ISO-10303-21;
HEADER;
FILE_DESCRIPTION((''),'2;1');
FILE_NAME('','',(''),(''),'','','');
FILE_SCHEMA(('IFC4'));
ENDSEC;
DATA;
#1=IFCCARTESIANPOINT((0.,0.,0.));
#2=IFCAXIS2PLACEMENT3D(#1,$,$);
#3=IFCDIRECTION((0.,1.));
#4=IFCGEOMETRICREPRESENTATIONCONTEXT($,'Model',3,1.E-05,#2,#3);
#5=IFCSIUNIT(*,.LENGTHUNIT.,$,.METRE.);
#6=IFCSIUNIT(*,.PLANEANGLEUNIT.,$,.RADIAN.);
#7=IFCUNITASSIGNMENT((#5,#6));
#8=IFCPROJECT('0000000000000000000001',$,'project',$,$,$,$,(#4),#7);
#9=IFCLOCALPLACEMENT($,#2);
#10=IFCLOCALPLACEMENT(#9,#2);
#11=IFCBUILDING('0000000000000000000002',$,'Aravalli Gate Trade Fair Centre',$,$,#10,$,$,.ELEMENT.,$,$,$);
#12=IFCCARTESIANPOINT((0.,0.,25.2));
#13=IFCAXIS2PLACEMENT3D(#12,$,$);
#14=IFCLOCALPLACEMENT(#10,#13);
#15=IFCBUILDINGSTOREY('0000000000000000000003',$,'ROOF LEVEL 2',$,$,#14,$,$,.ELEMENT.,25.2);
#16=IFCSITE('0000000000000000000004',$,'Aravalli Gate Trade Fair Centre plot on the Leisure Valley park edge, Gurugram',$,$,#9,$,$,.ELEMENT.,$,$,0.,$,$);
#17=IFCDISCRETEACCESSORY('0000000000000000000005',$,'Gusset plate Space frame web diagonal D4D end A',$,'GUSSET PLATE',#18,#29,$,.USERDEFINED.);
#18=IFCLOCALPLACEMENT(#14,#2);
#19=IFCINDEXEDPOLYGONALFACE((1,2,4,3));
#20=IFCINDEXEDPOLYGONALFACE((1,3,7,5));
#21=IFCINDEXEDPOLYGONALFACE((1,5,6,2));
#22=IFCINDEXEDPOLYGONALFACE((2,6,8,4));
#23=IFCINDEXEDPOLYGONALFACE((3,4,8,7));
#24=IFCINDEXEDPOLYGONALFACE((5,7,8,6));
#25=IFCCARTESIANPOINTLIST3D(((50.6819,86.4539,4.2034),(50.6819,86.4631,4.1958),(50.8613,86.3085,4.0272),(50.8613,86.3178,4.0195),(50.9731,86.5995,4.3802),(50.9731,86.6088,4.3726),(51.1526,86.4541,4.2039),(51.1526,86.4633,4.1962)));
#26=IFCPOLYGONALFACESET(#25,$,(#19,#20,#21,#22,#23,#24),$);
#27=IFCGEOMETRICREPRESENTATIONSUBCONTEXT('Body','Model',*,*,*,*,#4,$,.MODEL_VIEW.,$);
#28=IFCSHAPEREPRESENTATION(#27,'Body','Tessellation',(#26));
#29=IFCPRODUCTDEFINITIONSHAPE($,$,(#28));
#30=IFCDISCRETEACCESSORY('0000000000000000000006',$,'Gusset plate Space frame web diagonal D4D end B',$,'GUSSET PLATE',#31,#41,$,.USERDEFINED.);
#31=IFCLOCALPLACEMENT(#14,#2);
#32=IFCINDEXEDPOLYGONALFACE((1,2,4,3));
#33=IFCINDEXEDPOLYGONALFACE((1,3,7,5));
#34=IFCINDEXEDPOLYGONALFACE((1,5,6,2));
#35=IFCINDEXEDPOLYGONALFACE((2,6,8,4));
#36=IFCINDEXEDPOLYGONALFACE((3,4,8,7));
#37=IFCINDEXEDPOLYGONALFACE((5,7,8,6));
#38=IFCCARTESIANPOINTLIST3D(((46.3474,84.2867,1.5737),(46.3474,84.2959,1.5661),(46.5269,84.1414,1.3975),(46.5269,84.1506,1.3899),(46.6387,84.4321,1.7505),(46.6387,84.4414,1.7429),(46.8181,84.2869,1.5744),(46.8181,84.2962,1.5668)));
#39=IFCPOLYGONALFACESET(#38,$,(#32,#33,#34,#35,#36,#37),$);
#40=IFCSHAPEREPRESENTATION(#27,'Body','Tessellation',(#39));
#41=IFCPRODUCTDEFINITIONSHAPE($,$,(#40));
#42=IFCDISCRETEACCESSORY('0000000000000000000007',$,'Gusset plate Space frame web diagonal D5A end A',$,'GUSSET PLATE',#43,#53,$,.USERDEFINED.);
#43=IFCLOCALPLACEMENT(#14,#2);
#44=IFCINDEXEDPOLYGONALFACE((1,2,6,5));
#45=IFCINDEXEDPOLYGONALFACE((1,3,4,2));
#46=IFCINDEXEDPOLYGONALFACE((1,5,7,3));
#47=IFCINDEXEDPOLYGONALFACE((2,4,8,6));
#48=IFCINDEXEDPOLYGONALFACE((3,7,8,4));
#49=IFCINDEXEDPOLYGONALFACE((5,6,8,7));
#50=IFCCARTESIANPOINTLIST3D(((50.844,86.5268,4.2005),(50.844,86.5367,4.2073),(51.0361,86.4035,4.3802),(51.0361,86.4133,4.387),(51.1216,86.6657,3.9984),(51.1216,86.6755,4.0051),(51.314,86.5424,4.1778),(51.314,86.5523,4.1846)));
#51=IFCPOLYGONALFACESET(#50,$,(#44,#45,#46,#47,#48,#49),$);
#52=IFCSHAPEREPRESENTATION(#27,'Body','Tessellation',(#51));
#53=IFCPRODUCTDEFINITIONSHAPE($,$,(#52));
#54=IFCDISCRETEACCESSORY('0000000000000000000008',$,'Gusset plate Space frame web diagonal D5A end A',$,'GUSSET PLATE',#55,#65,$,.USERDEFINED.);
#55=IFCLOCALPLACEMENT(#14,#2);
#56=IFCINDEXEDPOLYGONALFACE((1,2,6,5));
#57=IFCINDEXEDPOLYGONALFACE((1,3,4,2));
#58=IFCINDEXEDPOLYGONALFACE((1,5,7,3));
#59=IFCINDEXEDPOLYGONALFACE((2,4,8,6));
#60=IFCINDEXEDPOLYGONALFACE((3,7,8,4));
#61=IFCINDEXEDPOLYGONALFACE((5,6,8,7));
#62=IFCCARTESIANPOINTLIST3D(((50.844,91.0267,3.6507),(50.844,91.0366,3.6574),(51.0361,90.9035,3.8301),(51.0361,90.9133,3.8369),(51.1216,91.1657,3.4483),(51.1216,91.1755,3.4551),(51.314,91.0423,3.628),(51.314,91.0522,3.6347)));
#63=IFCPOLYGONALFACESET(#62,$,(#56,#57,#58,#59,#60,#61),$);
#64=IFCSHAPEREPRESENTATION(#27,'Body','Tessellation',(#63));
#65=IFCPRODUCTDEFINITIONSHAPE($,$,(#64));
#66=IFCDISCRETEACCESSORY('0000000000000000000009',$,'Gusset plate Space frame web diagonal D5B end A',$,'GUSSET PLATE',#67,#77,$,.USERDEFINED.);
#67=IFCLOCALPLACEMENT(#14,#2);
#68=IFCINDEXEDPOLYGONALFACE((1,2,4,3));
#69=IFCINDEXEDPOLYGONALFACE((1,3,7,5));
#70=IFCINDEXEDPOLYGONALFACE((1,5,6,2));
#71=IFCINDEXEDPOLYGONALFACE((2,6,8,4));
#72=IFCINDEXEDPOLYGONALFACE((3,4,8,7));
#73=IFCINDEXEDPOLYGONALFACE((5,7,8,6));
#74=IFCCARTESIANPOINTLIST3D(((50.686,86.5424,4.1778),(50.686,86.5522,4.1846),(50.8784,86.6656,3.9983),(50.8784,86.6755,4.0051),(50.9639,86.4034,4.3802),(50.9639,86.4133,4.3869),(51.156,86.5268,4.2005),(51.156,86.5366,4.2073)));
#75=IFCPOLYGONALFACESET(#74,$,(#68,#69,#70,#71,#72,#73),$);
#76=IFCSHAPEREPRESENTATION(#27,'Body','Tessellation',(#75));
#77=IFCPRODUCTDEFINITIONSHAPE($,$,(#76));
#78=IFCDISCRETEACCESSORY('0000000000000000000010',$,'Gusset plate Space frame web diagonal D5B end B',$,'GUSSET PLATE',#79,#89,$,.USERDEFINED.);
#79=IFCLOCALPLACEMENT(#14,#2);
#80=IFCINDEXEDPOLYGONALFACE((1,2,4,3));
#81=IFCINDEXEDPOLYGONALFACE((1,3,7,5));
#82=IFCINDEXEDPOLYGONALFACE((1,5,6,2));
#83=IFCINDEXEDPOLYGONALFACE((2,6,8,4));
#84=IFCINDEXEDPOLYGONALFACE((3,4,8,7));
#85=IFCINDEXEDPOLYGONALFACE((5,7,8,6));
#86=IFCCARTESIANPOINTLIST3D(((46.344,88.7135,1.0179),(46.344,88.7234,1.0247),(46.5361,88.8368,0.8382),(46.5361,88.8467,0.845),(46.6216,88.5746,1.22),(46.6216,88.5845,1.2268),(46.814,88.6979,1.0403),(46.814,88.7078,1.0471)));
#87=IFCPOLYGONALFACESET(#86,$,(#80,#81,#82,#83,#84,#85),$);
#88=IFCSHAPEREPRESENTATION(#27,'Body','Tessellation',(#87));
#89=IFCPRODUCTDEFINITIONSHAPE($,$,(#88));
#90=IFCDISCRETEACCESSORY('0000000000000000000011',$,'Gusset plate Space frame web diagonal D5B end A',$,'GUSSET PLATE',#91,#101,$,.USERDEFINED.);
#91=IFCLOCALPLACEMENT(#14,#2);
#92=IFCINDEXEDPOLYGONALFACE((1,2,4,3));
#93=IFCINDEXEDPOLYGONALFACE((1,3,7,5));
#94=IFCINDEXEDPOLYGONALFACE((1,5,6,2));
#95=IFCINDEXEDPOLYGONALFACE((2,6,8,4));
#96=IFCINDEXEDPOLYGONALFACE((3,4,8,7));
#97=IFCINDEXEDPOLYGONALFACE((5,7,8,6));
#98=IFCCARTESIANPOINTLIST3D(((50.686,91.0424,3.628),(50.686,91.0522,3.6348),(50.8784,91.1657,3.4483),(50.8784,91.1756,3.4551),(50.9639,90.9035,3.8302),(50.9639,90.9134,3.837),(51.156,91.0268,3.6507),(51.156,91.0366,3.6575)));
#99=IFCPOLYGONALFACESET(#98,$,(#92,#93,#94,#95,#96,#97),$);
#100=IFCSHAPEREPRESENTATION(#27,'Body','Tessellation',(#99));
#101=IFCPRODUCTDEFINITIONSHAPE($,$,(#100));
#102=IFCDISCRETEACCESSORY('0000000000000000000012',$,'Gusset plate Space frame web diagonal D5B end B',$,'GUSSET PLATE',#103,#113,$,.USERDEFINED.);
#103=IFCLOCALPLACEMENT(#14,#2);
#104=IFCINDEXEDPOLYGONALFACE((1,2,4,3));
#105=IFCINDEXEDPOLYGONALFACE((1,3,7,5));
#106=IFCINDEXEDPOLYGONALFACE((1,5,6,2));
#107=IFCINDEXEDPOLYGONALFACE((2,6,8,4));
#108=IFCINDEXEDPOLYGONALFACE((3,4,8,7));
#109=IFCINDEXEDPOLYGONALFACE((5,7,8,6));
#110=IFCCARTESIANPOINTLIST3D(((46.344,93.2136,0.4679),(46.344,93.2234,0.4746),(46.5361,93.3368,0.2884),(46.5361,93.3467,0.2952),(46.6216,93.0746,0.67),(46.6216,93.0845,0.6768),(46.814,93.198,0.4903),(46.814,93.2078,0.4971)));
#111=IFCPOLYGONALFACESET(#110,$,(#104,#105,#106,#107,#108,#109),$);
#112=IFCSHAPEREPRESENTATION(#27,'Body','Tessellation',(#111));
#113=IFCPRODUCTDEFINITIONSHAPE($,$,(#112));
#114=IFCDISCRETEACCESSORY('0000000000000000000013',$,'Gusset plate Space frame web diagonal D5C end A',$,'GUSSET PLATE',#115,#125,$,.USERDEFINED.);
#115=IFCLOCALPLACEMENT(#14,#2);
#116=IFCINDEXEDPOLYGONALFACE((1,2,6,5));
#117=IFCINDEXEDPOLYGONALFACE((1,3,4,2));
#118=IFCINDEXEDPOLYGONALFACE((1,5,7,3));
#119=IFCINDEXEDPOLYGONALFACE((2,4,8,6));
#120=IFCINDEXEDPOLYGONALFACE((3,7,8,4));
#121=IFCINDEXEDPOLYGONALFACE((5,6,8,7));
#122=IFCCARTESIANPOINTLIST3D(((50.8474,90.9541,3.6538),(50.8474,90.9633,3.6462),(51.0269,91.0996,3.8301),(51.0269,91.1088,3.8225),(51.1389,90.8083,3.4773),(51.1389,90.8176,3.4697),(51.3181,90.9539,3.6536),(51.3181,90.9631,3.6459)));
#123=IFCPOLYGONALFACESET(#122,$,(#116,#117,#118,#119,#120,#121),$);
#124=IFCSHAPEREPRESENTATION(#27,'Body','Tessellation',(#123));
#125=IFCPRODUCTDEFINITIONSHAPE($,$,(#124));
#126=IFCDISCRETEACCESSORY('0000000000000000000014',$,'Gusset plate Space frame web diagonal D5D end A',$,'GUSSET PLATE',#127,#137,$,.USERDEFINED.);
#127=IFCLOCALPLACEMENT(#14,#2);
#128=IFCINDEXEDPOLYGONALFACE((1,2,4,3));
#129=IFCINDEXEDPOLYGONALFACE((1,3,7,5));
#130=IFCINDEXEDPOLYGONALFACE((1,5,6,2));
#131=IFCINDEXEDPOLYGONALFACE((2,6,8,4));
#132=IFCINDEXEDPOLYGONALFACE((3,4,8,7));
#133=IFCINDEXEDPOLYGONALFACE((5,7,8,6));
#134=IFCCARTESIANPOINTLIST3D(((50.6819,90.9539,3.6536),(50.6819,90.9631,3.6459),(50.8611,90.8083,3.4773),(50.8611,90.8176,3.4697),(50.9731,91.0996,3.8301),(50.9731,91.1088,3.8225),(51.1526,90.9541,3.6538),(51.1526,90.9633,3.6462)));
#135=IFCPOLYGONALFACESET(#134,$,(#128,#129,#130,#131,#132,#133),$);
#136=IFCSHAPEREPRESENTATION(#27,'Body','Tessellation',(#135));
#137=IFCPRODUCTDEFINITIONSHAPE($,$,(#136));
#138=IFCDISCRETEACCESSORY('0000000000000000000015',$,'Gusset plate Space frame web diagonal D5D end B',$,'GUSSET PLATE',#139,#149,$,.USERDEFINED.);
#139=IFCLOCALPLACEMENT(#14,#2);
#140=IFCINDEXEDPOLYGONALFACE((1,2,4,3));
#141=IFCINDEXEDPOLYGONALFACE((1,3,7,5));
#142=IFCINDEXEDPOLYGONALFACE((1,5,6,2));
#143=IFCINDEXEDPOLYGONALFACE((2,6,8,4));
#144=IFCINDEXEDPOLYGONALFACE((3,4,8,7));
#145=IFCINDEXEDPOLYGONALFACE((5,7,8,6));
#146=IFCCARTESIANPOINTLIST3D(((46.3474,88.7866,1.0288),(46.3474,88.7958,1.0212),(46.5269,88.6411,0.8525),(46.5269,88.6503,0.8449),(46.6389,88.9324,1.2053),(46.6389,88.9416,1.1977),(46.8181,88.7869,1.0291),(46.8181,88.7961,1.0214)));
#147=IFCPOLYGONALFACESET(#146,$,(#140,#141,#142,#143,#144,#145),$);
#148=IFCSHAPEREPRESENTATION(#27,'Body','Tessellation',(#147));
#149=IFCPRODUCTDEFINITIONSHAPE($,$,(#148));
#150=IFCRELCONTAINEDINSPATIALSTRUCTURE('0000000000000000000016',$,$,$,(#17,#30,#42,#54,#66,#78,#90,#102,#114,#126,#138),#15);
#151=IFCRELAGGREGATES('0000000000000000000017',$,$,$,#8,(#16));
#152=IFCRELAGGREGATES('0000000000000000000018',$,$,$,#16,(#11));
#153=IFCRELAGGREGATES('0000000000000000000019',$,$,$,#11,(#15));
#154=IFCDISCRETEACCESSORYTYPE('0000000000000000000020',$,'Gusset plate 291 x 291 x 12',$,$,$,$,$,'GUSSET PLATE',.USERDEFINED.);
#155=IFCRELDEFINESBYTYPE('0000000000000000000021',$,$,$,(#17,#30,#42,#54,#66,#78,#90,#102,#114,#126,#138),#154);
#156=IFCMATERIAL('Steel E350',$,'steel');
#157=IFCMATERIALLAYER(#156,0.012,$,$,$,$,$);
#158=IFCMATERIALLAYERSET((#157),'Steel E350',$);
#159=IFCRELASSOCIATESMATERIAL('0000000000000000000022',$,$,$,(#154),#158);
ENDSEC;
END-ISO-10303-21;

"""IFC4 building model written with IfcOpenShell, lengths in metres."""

from ifc_helpers import new_model, si_unit, direction, frame, origin, place, context, subcontext, project, spatial, polyline, outline, extrude, material, layer, layer_set, type_object, element, save


model = new_model("IFC4")

# Units and contexts
model_context = context("Model", 3, precision=1e-05, world=origin(), true_north=direction((0.0, 1.0)))
body_context = subcontext(model_context, "Body", "Model", "MODEL_VIEW")
ifc_project = project(units=[si_unit("LENGTHUNIT", "METRE"), si_unit("PLANEANGLEUNIT", "RADIAN")], contexts=[model_context])

# Site, building, storey
site_placement = place(None, origin())
site = spatial("IfcSite", under=ifc_project, at=site_placement, Name="Aravalli Gate Trade Fair Centre plot on the Leisure Valley park edge, Gurugram", CompositionType="ELEMENT", RefElevation=0.0)
building_placement = place(site_placement, origin())
building = spatial("IfcBuilding", under=site, at=building_placement, Name="Aravalli Gate Trade Fair Centre", CompositionType="ELEMENT")
storey_placement = place(building_placement, frame((0.0, 0.0, 25.2)))
storey = spatial("IfcBuildingStorey", under=building, at=storey_placement, Name="ROOF LEVEL 2", CompositionType="ELEMENT", Elevation=25.2)

# Shared definitions
ifc_material_1 = material(Name="Steel E350", Category="steel")

# Discrete accessories
ifc_layer_1 = layer(ifc_material_1, 0.012)
ifc_layer_set_1 = layer_set([ifc_layer_1], Name="Steel E350")
discrete_accessory_type = type_object("IfcDiscreteAccessoryType", Name="Gusset plate 291 x 291 x 12", ElementType="GUSSET PLATE", PredefinedType="USERDEFINED", material=ifc_layer_set_1)
discrete_accessory_1_placement = place(storey_placement, frame((50.6819, 86.4539, 4.2034), z_axis=(-0.00026, -0.771582, 0.63613), x_axis=(0.785986, 0.393126, 0.477156)))
element("IfcDiscreteAccessory", 1, at=discrete_accessory_1_placement, inside=storey, type_object=discrete_accessory_type, Name="Gusset plate Space frame web diagonal D4D end A", ObjectType="GUSSET PLATE", PredefinedType="USERDEFINED", context=body_context, shape_type="SweptSolid", body=[
    extrude(outline(polyline([(0.0, 0.0), (0.3706, 0.0), (0.3703, -0.2906), (-0.0002, -0.2905), (0.0, 0.0)])), origin(), (0.0, 0.0, -1.0), 0.012),
])
discrete_accessory_2_placement = place(storey_placement, frame((46.6387, 84.4321, 1.7505), z_axis=(-0.000589, -0.771792, 0.635874), x_axis=(-0.78619, -0.392604, -0.477251)))
element("IfcDiscreteAccessory", 2, at=discrete_accessory_2_placement, inside=storey, type_object=discrete_accessory_type, Name="Gusset plate Space frame web diagonal D4D end B", ObjectType="GUSSET PLATE", PredefinedType="USERDEFINED", context=body_context, shape_type="SweptSolid", body=[
    extrude(outline(polyline([(0.0, 0.0), (0.3705, 0.0), (0.3705, 0.2905), (0.0, 0.2903), (0.0, 0.0)])), origin(), (0.0, 0.0, -1.0), 0.012),
])
discrete_accessory_3_placement = place(storey_placement, frame((51.1216, 86.6755, 4.0051), z_axis=(-0.000059, 0.824356, 0.566072), x_axis=(-0.749371, -0.374861, 0.545822)))
element("IfcDiscreteAccessory", 3, at=discrete_accessory_3_placement, inside=storey, type_object=discrete_accessory_type, Name="Gusset plate Space frame web diagonal D5A end A", ObjectType="GUSSET PLATE", PredefinedType="USERDEFINED", context=body_context, shape_type="SweptSolid", body=[
    extrude(outline(polyline([(0.0, 0.0), (0.3704, 0.0), (0.3707, 0.2905), (0.0, 0.2905), (0.0, 0.0)])), origin(), (0.0, 0.0, -1.0), 0.012),
])
discrete_accessory_4_placement = place(storey_placement, frame((51.1216, 91.1755, 3.4551), z_axis=(-0.000059, 0.824356, 0.566072), x_axis=(-0.749102, -0.375034, 0.546073)))
element("IfcDiscreteAccessory", 4, at=discrete_accessory_4_placement, inside=storey, type_object=discrete_accessory_type, Name="Gusset plate Space frame web diagonal D5A end A", ObjectType="GUSSET PLATE", PredefinedType="USERDEFINED", context=body_context, shape_type="SweptSolid", body=[
    extrude(outline(polyline([(0.0, 0.0), (0.3706, 0.0), (0.3709, 0.2904), (0.0002, 0.2907), (0.0, 0.0)])), origin(), (0.0, 0.0, -1.0), 0.012),
])
discrete_accessory_5_placement = place(storey_placement, frame((50.686, 86.5522, 4.1846), z_axis=(0.000059, 0.824356, 0.566072), x_axis=(0.749391, -0.374849, 0.545804)))
element("IfcDiscreteAccessory", 5, at=discrete_accessory_5_placement, inside=storey, type_object=discrete_accessory_type, Name="Gusset plate Space frame web diagonal D5B end A", ObjectType="GUSSET PLATE", PredefinedType="USERDEFINED", context=body_context, shape_type="SweptSolid", body=[
    extrude(outline(polyline([(0.0, 0.0), (0.3707, 0.0), (0.3704, 0.2905), (0.0, 0.2905), (0.0, 0.0)])), origin(), (0.0, 0.0, -1.0), 0.012),
])
discrete_accessory_6_placement = place(storey_placement, frame((46.6216, 88.5845, 1.2268), z_axis=(0.000356, 0.824387, 0.566027), x_axis=(-0.749371, 0.375015, -0.545716)))
element("IfcDiscreteAccessory", 6, at=discrete_accessory_6_placement, inside=storey, type_object=discrete_accessory_type, Name="Gusset plate Space frame web diagonal D5B end B", ObjectType="GUSSET PLATE", PredefinedType="USERDEFINED", context=body_context, shape_type="SweptSolid", body=[
    extrude(outline(polyline([(0.0, 0.0), (0.3704, 0.0), (0.3707, -0.2905), (0.0001, -0.2907), (0.0, 0.0)])), origin(), (0.0, 0.0, -1.0), 0.012),
])
discrete_accessory_7_placement = place(storey_placement, frame((50.686, 91.0522, 3.6348), z_axis=(0.000059, 0.824356, 0.566072), x_axis=(0.74966, -0.374676, 0.545552)))
element("IfcDiscreteAccessory", 7, at=discrete_accessory_7_placement, inside=storey, type_object=discrete_accessory_type, Name="Gusset plate Space frame web diagonal D5B end A", ObjectType="GUSSET PLATE", PredefinedType="USERDEFINED", context=body_context, shape_type="SweptSolid", body=[
    extrude(outline(polyline([(0.0, 0.0), (0.3706, 0.0), (0.3706, 0.2904), (0.0, 0.2907), (0.0, 0.0)])), origin(), (0.0, 0.0, -1.0), 0.012),
])
discrete_accessory_8_placement = place(storey_placement, frame((46.6216, 93.0845, 0.6768), z_axis=(0.000339, 0.824216, 0.566276), x_axis=(-0.749371, 0.375169, -0.545611)))
element("IfcDiscreteAccessory", 8, at=discrete_accessory_8_placement, inside=storey, type_object=discrete_accessory_type, Name="Gusset plate Space frame web diagonal D5B end B", ObjectType="GUSSET PLATE", PredefinedType="USERDEFINED", context=body_context, shape_type="SweptSolid", body=[
    extrude(outline(polyline([(0.0, 0.0), (0.3704, 0.0), (0.3706, -0.2904), (0.0001, -0.2907), (0.0, 0.0)])), origin(), (0.0, 0.0, -1.0), 0.012),
])
discrete_accessory_9_placement = place(storey_placement, frame((51.1389, 90.8083, 3.4773), z_axis=(-0.00007, -0.771155, 0.636648), x_axis=(-0.786484, 0.393242, 0.476238)))
element("IfcDiscreteAccessory", 9, at=discrete_accessory_9_placement, inside=storey, type_object=discrete_accessory_type, Name="Gusset plate Space frame web diagonal D5C end A", ObjectType="GUSSET PLATE", PredefinedType="USERDEFINED", context=body_context, shape_type="SweptSolid", body=[
    extrude(outline(polyline([(0.0, 0.0), (0.3706, 0.0), (0.3707, -0.2906), (0.0002, -0.2904), (0.0, 0.0)])), origin(), (0.0, 0.0, -1.0), 0.012),
])
discrete_accessory_10_placement = place(storey_placement, frame((50.6819, 90.9539, 3.6536), z_axis=(0.00007, -0.771155, 0.636648), x_axis=(0.786233, 0.393446, 0.476485)))
element("IfcDiscreteAccessory", 10, at=discrete_accessory_10_placement, inside=storey, type_object=discrete_accessory_type, Name="Gusset plate Space frame web diagonal D5D end A", ObjectType="GUSSET PLATE", PredefinedType="USERDEFINED", context=body_context, shape_type="SweptSolid", body=[
    extrude(outline(polyline([(0.0, 0.0), (0.3704, 0.0), (0.3703, -0.2906), (-0.0003, -0.2904), (0.0, 0.0)])), origin(), (0.0, 0.0, -1.0), 0.012),
])
discrete_accessory_11_placement = place(storey_placement, frame((46.6389, 88.9324, 1.2053), z_axis=(0.00007, -0.771155, 0.636648), x_axis=(-0.786484, -0.393242, -0.476238)))
element("IfcDiscreteAccessory", 11, at=discrete_accessory_11_placement, inside=storey, type_object=discrete_accessory_type, Name="Gusset plate Space frame web diagonal D5D end B", ObjectType="GUSSET PLATE", PredefinedType="USERDEFINED", context=body_context, shape_type="SweptSolid", body=[
    extrude(outline(polyline([(0.0, 0.0), (0.3706, 0.0), (0.3707, 0.2906), (0.0002, 0.2904), (0.0, 0.0)])), origin(), (0.0, 0.0, -1.0), 0.012),
])

save(model, "model.ifc")
